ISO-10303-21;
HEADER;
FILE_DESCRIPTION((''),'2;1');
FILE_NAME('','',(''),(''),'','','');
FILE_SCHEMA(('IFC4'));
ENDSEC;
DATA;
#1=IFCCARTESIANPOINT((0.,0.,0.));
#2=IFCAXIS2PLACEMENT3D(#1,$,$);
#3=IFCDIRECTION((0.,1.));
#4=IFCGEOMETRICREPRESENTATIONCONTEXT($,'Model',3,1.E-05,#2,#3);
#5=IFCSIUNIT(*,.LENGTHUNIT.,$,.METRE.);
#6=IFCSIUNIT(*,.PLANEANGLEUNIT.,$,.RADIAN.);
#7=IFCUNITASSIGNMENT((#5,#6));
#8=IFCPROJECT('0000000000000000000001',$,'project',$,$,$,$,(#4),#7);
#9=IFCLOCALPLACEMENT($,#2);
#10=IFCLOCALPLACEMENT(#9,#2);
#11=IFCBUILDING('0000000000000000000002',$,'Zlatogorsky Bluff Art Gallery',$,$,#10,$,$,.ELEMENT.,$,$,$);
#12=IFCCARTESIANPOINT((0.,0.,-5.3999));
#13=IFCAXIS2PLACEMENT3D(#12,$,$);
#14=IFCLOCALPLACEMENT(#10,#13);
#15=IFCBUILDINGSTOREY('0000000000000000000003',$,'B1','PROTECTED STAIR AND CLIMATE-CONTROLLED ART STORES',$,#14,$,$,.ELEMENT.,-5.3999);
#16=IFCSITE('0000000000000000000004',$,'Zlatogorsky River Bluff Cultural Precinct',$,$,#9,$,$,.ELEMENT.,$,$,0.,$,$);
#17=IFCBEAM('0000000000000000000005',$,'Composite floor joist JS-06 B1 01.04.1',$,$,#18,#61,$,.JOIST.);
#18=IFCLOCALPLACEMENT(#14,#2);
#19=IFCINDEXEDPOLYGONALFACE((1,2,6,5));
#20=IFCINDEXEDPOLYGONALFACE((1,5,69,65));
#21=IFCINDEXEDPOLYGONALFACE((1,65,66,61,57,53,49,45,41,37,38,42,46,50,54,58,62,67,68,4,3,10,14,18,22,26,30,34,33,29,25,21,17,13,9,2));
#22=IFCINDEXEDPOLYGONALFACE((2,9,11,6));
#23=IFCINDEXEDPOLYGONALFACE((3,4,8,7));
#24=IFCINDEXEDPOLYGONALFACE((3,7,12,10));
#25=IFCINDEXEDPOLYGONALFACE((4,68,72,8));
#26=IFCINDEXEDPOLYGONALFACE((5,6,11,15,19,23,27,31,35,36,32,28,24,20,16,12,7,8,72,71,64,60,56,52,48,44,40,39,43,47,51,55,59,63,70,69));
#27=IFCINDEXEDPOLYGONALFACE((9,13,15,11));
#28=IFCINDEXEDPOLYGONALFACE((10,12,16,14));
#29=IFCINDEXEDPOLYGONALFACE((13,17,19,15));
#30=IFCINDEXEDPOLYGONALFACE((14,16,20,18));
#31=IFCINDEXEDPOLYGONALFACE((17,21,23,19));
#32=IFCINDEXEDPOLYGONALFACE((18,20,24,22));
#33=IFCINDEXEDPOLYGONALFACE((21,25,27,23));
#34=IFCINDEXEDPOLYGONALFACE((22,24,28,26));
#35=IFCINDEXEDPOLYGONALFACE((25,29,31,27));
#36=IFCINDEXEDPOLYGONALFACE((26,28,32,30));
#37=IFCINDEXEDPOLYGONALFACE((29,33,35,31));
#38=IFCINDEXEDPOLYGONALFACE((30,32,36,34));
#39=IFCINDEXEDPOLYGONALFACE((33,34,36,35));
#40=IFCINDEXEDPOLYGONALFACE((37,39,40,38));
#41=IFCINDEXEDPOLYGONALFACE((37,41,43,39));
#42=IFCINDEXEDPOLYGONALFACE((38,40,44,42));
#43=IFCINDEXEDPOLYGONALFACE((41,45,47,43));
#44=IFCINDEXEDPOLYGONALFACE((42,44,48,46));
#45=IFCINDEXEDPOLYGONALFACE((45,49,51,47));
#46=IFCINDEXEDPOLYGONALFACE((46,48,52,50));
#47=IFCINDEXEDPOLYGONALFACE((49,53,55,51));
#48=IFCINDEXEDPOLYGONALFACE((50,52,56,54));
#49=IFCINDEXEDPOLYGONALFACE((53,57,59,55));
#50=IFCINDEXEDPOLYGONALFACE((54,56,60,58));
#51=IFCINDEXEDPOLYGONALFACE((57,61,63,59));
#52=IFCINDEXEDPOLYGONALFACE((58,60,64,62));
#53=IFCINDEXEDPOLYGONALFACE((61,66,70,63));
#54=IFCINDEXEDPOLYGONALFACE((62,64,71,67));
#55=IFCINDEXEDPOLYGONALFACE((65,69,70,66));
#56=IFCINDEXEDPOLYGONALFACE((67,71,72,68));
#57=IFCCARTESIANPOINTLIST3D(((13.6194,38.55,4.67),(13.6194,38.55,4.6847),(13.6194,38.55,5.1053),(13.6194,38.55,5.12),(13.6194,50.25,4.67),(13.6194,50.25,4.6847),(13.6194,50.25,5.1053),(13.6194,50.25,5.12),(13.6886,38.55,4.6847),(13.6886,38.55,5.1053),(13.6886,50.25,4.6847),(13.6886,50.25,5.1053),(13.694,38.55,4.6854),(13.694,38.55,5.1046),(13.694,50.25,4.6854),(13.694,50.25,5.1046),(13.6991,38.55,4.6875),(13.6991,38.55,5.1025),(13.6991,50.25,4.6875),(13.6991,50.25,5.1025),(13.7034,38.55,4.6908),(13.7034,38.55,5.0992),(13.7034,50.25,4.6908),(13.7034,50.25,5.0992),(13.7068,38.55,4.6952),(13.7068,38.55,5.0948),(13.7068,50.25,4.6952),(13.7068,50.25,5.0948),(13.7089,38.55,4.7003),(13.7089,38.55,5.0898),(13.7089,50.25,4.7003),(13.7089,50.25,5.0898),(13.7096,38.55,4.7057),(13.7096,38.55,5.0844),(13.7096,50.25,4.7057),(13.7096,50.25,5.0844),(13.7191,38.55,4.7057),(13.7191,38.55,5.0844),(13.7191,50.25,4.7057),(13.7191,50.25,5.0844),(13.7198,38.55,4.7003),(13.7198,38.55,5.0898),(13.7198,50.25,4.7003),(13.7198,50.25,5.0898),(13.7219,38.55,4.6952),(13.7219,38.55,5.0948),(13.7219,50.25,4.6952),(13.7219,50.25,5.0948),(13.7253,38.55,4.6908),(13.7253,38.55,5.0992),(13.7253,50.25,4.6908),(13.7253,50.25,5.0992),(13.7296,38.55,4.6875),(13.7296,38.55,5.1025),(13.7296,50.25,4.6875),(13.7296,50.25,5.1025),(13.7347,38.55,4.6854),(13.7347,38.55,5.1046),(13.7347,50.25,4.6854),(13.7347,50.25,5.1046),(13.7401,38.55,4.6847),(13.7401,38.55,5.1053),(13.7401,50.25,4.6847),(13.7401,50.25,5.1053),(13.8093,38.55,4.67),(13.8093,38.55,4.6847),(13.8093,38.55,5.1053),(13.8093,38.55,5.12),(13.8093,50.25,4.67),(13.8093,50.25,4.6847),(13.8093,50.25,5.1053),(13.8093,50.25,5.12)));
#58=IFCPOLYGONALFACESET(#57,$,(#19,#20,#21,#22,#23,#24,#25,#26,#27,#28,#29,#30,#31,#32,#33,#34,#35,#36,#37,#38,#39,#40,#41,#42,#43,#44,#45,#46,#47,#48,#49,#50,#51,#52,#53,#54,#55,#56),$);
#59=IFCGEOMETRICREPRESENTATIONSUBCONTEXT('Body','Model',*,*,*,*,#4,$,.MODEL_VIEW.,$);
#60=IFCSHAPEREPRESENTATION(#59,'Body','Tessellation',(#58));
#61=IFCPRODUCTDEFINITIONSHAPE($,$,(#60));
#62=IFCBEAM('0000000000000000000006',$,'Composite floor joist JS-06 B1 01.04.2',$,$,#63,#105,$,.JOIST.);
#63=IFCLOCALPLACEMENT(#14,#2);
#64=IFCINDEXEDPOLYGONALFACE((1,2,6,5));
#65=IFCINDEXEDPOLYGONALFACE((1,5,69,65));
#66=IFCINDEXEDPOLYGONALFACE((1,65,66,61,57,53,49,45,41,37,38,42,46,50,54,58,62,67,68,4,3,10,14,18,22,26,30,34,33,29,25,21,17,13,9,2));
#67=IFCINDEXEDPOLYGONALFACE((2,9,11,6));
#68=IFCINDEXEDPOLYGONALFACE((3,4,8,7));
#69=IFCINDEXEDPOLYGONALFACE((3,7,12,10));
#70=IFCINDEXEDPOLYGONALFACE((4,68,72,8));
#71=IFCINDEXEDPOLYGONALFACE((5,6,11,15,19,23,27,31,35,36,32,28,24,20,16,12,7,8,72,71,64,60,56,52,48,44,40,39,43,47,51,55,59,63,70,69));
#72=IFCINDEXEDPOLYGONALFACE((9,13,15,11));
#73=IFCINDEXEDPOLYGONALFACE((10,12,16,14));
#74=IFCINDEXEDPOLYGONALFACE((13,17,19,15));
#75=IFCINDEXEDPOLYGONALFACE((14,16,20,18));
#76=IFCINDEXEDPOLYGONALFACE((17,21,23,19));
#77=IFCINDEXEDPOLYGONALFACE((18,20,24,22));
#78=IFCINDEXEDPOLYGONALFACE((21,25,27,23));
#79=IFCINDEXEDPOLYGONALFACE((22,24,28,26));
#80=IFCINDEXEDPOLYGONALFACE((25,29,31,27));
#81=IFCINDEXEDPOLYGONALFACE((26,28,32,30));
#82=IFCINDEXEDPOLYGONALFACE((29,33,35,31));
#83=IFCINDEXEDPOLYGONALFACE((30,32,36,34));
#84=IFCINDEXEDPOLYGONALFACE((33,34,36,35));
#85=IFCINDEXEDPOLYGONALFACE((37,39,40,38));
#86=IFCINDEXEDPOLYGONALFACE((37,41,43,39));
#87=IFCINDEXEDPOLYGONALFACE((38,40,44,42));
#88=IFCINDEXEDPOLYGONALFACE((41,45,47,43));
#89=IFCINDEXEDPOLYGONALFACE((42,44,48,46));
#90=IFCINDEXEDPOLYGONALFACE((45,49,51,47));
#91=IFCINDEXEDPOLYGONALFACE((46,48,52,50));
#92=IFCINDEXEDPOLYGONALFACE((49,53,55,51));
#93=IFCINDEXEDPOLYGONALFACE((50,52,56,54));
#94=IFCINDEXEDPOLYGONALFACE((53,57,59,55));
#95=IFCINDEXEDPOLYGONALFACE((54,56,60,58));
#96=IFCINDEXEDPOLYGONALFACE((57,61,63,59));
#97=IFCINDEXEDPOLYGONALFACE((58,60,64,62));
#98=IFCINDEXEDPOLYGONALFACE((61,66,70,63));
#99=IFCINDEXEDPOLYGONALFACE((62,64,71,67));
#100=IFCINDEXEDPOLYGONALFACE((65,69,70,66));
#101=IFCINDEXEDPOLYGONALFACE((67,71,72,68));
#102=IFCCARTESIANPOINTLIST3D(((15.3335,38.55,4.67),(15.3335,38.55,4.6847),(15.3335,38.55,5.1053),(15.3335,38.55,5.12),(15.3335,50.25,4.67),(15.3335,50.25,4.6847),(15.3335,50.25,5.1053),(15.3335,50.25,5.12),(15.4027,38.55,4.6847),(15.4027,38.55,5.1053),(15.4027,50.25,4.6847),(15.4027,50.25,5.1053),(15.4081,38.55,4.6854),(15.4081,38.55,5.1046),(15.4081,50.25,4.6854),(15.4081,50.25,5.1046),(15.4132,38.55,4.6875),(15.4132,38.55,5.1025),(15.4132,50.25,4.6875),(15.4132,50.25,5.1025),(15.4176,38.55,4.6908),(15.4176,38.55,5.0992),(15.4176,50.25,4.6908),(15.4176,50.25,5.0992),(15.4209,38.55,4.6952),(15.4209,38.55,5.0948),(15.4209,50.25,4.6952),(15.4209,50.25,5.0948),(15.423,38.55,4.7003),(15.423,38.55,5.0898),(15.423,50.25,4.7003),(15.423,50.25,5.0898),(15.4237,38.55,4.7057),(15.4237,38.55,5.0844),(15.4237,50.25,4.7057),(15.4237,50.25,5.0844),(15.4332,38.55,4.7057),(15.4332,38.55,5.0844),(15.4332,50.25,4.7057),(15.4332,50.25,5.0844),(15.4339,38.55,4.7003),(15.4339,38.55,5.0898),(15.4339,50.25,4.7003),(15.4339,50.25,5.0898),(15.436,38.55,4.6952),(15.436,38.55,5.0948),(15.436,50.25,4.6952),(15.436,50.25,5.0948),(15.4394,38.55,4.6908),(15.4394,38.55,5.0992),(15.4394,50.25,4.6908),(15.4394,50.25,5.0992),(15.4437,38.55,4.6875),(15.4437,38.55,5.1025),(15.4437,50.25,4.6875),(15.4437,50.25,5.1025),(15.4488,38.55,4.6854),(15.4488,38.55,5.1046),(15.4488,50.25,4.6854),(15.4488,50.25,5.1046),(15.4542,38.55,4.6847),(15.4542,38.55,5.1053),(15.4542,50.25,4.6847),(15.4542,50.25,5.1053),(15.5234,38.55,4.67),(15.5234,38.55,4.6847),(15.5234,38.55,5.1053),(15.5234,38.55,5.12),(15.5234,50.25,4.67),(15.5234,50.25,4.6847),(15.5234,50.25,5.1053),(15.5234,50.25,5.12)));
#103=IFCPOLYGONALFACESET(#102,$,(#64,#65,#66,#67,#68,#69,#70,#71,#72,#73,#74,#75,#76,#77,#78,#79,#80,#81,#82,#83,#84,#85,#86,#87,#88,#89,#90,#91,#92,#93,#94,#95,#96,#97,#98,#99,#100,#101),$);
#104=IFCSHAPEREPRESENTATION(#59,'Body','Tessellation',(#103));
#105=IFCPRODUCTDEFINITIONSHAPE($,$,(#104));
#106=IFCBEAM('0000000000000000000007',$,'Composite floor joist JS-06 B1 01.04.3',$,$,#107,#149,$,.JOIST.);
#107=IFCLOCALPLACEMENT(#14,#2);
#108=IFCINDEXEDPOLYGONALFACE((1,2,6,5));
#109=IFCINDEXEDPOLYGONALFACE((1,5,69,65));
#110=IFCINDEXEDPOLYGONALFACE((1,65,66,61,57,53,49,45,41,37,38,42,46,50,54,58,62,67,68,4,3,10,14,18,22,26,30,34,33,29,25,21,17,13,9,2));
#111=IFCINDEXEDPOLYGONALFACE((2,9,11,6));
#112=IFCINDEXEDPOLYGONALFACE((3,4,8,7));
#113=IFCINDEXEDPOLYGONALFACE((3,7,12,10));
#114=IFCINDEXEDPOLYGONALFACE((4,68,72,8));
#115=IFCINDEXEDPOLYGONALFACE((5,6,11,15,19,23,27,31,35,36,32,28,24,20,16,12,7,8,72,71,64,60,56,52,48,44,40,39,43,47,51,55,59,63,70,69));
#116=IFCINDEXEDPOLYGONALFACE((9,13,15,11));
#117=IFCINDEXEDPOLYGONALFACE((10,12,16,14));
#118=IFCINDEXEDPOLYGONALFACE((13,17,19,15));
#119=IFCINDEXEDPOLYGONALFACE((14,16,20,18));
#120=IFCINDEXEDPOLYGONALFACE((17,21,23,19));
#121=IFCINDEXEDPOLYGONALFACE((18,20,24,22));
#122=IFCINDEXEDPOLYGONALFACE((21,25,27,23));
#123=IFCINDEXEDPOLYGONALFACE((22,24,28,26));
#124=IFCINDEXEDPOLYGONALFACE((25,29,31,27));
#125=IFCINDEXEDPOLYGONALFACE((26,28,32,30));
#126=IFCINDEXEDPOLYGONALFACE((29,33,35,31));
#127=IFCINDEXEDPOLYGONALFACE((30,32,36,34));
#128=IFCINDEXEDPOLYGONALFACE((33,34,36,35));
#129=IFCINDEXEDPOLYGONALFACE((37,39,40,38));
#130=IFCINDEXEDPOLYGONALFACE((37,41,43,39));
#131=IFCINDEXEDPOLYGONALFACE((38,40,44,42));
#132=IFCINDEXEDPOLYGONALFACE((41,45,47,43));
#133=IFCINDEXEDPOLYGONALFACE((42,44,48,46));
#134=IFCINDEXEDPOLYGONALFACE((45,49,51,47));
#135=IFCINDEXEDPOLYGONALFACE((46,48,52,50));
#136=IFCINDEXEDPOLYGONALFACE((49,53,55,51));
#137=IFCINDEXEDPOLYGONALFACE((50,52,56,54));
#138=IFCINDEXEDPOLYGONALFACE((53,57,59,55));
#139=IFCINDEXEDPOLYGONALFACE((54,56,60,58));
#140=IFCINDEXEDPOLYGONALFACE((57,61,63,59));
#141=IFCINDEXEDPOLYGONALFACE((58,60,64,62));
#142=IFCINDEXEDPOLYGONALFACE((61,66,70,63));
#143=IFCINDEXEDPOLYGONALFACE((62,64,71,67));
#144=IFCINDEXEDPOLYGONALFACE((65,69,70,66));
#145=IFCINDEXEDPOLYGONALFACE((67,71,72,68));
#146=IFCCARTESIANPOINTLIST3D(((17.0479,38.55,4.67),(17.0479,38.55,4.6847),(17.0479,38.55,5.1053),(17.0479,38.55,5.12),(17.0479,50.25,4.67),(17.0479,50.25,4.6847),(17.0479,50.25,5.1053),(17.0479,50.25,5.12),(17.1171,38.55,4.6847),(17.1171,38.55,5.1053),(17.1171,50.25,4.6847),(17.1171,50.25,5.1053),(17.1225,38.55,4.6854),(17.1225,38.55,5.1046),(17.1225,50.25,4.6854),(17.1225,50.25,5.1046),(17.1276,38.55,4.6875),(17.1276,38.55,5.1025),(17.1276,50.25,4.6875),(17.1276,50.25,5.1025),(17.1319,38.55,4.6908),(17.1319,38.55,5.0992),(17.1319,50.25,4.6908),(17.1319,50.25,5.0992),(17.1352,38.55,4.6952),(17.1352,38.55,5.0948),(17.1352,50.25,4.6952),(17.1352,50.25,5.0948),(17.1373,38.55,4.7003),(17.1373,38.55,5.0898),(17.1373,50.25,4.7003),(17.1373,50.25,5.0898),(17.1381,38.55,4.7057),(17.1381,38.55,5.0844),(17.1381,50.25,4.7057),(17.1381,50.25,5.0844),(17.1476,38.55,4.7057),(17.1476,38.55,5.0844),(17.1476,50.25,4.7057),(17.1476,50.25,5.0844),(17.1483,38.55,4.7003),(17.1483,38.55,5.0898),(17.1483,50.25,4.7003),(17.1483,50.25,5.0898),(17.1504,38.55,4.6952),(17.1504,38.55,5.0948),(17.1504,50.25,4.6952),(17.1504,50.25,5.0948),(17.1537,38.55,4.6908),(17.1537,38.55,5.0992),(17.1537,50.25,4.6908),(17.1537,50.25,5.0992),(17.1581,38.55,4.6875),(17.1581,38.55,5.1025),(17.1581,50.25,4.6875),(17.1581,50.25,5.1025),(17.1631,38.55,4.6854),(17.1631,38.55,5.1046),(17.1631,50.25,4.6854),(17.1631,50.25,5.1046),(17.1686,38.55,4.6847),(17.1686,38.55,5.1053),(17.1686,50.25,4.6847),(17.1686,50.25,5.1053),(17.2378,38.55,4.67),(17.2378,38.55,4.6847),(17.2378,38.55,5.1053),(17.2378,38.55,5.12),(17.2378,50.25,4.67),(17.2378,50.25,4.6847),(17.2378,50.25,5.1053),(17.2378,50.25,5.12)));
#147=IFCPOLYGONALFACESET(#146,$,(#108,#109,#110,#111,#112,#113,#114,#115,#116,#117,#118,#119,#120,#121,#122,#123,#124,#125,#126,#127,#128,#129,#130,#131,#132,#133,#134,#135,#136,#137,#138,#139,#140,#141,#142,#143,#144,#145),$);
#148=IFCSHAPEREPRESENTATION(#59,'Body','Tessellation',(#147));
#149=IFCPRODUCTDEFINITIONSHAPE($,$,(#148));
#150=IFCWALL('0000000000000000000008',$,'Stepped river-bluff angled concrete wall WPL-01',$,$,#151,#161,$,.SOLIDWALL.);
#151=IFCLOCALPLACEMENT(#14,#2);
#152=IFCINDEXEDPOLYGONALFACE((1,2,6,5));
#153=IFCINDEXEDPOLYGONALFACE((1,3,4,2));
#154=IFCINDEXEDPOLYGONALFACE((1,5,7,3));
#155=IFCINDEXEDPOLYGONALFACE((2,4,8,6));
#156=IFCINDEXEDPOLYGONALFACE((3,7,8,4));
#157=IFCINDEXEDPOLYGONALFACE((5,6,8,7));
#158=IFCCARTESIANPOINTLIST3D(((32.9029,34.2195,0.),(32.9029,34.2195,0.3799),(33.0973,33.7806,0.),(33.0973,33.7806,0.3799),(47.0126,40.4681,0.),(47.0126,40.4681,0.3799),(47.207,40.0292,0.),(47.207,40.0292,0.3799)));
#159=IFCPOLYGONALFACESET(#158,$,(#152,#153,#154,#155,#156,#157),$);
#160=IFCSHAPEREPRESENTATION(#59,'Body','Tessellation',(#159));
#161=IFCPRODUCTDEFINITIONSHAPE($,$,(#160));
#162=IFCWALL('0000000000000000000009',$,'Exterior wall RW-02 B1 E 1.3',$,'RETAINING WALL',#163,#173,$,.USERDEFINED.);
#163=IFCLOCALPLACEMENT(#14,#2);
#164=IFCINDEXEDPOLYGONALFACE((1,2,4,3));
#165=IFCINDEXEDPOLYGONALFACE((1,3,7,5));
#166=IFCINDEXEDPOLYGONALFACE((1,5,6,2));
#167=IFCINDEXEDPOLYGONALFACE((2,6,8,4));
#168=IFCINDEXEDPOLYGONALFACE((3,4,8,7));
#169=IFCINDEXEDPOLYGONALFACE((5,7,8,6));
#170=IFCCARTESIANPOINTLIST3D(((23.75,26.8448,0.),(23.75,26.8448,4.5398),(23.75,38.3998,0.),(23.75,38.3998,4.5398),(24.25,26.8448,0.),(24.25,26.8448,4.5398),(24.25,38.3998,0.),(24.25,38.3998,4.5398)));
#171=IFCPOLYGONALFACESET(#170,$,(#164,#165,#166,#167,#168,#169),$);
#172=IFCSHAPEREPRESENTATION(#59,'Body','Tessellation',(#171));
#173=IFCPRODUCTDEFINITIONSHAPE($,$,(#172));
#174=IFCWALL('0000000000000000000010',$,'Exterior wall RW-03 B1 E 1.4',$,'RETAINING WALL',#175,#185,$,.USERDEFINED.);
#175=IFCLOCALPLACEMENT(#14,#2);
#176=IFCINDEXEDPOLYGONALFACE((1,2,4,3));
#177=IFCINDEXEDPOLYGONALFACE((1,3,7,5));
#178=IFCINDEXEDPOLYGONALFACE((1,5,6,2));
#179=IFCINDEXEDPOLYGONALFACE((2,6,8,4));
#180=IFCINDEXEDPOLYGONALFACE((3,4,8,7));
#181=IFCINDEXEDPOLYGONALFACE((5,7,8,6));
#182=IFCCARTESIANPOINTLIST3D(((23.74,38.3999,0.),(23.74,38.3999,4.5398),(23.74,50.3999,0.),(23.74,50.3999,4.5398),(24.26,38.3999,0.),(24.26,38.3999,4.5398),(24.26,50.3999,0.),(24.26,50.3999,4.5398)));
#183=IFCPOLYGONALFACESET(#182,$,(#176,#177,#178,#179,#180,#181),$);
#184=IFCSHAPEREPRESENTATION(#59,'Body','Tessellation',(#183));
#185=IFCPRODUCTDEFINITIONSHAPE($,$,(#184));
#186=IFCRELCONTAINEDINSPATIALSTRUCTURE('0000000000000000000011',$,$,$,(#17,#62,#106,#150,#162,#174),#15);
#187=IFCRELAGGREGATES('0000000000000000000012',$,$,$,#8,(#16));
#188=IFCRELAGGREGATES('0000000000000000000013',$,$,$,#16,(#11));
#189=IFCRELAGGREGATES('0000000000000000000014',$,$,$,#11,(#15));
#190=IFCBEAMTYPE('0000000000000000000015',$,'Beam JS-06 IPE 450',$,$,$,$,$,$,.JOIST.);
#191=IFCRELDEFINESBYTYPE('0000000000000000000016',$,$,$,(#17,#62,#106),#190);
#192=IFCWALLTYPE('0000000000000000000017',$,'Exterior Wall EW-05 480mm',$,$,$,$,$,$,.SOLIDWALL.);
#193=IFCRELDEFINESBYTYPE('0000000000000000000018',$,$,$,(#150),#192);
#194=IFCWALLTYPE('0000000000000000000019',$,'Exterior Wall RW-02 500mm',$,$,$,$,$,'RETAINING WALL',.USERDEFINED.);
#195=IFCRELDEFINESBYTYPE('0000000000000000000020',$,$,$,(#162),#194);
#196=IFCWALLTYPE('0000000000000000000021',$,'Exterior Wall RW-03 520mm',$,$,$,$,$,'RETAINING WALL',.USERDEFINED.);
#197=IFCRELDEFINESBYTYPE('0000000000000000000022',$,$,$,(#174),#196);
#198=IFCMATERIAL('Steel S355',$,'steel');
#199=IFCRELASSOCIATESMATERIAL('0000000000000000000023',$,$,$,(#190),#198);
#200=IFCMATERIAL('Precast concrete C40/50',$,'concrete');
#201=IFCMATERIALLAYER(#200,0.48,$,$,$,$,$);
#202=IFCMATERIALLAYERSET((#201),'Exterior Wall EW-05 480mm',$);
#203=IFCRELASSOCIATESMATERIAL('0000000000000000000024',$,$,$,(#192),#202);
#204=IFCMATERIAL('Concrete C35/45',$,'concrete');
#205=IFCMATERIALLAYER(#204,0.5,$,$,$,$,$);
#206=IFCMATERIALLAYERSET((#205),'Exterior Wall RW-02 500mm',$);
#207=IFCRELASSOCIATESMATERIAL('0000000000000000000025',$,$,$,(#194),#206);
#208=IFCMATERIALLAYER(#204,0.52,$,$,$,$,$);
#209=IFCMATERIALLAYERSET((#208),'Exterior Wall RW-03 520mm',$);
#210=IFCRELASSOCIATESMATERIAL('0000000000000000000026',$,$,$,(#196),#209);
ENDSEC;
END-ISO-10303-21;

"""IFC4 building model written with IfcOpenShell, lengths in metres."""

from ifc_helpers import new_model, si_unit, direction, frame, frame_2d, origin, origin_2d, place, context, subcontext, project, spatial, rectangle, i_section, extrude, material, layer, layer_set, material_profile, profile_set, type_object, element, save


model = new_model("IFC4")

# Units and contexts
model_context = context("Model", 3, precision=1e-05, world=origin(), true_north=direction((0.0, 1.0)))
body_context = subcontext(model_context, "Body", "Model", "MODEL_VIEW")
ifc_project = project(units=[si_unit("LENGTHUNIT", "METRE"), si_unit("PLANEANGLEUNIT", "RADIAN")], contexts=[model_context])

# Site, building, storey
site_placement = place(None, origin())
site = spatial("IfcSite", under=ifc_project, at=site_placement, Name="Zlatogorsky River Bluff Cultural Precinct", CompositionType="ELEMENT", RefElevation=0.0)
building_placement = place(site_placement, origin())
building = spatial("IfcBuilding", under=site, at=building_placement, Name="Zlatogorsky Bluff Art Gallery", CompositionType="ELEMENT")
storey_placement = place(building_placement, frame((0.0, 0.0, -5.3999)))
storey = spatial("IfcBuildingStorey", under=building, at=storey_placement, Name="B1", Description="PROTECTED STAIR AND CLIMATE-CONTROLLED ART STORES", CompositionType="ELEMENT", Elevation=-5.3999)

# Shared definitions
ifc_material_1 = material(Name="Concrete C35/45", Category="concrete")

# Shared definitions
ifc_material_2 = material(Name="Steel S355", Category="steel")

# Beams
ifc_material_profile_1 = material_profile(ifc_material_2, i_section(OverallWidth=0.1899, OverallDepth=0.45, WebThickness=0.0095, FlangeThickness=0.0146, FilletRadius=0.021, at=origin_2d()), Name="IPE 450")
ifc_profile_set_1 = profile_set([ifc_material_profile_1], Name="Steel S355")
beam_type_1 = type_object("IfcBeamType", Name="Beam JS-06 IPE 450", PredefinedType="JOIST", material=ifc_profile_set_1)
for number, where, z_axis, x_axis, name in (
    (1, (13.7144, 38.55, 4.895), (0.0, 1.0, 0.0), (-1.0, 0.0, 0.0), "Composite floor joist JS-06 B1 01.04.1"),
    (2, (15.4285, 38.55, 4.895), (0.0, 1.0, 0.0), (-1.0, 0.0, 0.0), "Composite floor joist JS-06 B1 01.04.2"),
    (3, (17.1428, 38.55, 4.895), (0.0, 1.0, 0.0), (-1.0, 0.0, 0.0), "Composite floor joist JS-06 B1 01.04.3"),
):
    element("IfcBeam", number, at=place(storey_placement, frame(where, z_axis=z_axis, x_axis=x_axis)), inside=storey, type_object=beam_type_1, Name=name, PredefinedType="JOIST", context=body_context, shape_type="SweptSolid", body=[
        extrude(i_section(OverallWidth=0.1899, OverallDepth=0.45, WebThickness=0.0095, FlangeThickness=0.0146, FilletRadius=0.021, at=origin_2d()), origin(), (0.0, 0.0, 1.0), 11.7),
    ])

# Walls
ifc_material_3 = material(Name="Precast concrete C40/50", Category="concrete")
ifc_layer_1 = layer(ifc_material_3, 0.48)
ifc_layer_set_1 = layer_set([ifc_layer_1], Name="Exterior Wall EW-05 480mm")
wall_type_1 = type_object("IfcWallType", Name="Exterior Wall EW-05 480mm", PredefinedType="SOLIDWALL", material=ifc_layer_set_1)
wall_1_placement = place(storey_placement, frame((33.0, 34.0, 0.0), z_axis=(0.0, 0.0, 1.0), x_axis=(0.91435, 0.404926, 0.0)))
element("IfcWall", 4, at=wall_1_placement, inside=storey, type_object=wall_type_1, Name="Stepped river-bluff angled concrete wall WPL-01", PredefinedType="SOLIDWALL", context=body_context, shape_type="SweptSolid", body=[
    extrude(rectangle(XDim=15.4314, YDim=0.48, at=frame_2d((7.7158, 0.0))), origin(), (0.0, 0.0, 1.0), 0.3799),
])
ifc_layer_2 = layer(ifc_material_1, 0.5)
ifc_layer_set_2 = layer_set([ifc_layer_2], Name="Exterior Wall RW-02 500mm")
wall_type_2 = type_object("IfcWallType", Name="Exterior Wall RW-02 500mm", ElementType="RETAINING WALL", PredefinedType="USERDEFINED", material=ifc_layer_set_2)
wall_2_placement = place(storey_placement, frame((24.0, 26.845, 0.0), z_axis=(0.0, 0.0, 1.0), x_axis=(0.0, 1.0, 0.0)))
element("IfcWall", 5, at=wall_2_placement, inside=storey, type_object=wall_type_2, Name="Exterior wall RW-02 B1 E 1.3", ObjectType="RETAINING WALL", PredefinedType="USERDEFINED", context=body_context, shape_type="SweptSolid", body=[
    extrude(rectangle(XDim=11.5549, YDim=0.5, at=frame_2d((5.7773, 0.0))), origin(), (0.0, 0.0, 1.0), 4.5398),
])
ifc_layer_3 = layer(ifc_material_1, 0.52)
ifc_layer_set_3 = layer_set([ifc_layer_3], Name="Exterior Wall RW-03 520mm")
wall_type_3 = type_object("IfcWallType", Name="Exterior Wall RW-03 520mm", ElementType="RETAINING WALL", PredefinedType="USERDEFINED", material=ifc_layer_set_3)
wall_3_placement = place(storey_placement, frame((24.0, 38.3999, 0.0), z_axis=(0.0, 0.0, 1.0), x_axis=(0.0, 1.0, 0.0)))
element("IfcWall", 6, at=wall_3_placement, inside=storey, type_object=wall_type_3, Name="Exterior wall RW-03 B1 E 1.4", ObjectType="RETAINING WALL", PredefinedType="USERDEFINED", context=body_context, shape_type="SweptSolid", body=[
    extrude(rectangle(XDim=12.0, YDim=0.52, at=frame_2d((6.0, 0.0))), origin(), (0.0, 0.0, 1.0), 4.5398),
])

save(model, "model.ifc")
